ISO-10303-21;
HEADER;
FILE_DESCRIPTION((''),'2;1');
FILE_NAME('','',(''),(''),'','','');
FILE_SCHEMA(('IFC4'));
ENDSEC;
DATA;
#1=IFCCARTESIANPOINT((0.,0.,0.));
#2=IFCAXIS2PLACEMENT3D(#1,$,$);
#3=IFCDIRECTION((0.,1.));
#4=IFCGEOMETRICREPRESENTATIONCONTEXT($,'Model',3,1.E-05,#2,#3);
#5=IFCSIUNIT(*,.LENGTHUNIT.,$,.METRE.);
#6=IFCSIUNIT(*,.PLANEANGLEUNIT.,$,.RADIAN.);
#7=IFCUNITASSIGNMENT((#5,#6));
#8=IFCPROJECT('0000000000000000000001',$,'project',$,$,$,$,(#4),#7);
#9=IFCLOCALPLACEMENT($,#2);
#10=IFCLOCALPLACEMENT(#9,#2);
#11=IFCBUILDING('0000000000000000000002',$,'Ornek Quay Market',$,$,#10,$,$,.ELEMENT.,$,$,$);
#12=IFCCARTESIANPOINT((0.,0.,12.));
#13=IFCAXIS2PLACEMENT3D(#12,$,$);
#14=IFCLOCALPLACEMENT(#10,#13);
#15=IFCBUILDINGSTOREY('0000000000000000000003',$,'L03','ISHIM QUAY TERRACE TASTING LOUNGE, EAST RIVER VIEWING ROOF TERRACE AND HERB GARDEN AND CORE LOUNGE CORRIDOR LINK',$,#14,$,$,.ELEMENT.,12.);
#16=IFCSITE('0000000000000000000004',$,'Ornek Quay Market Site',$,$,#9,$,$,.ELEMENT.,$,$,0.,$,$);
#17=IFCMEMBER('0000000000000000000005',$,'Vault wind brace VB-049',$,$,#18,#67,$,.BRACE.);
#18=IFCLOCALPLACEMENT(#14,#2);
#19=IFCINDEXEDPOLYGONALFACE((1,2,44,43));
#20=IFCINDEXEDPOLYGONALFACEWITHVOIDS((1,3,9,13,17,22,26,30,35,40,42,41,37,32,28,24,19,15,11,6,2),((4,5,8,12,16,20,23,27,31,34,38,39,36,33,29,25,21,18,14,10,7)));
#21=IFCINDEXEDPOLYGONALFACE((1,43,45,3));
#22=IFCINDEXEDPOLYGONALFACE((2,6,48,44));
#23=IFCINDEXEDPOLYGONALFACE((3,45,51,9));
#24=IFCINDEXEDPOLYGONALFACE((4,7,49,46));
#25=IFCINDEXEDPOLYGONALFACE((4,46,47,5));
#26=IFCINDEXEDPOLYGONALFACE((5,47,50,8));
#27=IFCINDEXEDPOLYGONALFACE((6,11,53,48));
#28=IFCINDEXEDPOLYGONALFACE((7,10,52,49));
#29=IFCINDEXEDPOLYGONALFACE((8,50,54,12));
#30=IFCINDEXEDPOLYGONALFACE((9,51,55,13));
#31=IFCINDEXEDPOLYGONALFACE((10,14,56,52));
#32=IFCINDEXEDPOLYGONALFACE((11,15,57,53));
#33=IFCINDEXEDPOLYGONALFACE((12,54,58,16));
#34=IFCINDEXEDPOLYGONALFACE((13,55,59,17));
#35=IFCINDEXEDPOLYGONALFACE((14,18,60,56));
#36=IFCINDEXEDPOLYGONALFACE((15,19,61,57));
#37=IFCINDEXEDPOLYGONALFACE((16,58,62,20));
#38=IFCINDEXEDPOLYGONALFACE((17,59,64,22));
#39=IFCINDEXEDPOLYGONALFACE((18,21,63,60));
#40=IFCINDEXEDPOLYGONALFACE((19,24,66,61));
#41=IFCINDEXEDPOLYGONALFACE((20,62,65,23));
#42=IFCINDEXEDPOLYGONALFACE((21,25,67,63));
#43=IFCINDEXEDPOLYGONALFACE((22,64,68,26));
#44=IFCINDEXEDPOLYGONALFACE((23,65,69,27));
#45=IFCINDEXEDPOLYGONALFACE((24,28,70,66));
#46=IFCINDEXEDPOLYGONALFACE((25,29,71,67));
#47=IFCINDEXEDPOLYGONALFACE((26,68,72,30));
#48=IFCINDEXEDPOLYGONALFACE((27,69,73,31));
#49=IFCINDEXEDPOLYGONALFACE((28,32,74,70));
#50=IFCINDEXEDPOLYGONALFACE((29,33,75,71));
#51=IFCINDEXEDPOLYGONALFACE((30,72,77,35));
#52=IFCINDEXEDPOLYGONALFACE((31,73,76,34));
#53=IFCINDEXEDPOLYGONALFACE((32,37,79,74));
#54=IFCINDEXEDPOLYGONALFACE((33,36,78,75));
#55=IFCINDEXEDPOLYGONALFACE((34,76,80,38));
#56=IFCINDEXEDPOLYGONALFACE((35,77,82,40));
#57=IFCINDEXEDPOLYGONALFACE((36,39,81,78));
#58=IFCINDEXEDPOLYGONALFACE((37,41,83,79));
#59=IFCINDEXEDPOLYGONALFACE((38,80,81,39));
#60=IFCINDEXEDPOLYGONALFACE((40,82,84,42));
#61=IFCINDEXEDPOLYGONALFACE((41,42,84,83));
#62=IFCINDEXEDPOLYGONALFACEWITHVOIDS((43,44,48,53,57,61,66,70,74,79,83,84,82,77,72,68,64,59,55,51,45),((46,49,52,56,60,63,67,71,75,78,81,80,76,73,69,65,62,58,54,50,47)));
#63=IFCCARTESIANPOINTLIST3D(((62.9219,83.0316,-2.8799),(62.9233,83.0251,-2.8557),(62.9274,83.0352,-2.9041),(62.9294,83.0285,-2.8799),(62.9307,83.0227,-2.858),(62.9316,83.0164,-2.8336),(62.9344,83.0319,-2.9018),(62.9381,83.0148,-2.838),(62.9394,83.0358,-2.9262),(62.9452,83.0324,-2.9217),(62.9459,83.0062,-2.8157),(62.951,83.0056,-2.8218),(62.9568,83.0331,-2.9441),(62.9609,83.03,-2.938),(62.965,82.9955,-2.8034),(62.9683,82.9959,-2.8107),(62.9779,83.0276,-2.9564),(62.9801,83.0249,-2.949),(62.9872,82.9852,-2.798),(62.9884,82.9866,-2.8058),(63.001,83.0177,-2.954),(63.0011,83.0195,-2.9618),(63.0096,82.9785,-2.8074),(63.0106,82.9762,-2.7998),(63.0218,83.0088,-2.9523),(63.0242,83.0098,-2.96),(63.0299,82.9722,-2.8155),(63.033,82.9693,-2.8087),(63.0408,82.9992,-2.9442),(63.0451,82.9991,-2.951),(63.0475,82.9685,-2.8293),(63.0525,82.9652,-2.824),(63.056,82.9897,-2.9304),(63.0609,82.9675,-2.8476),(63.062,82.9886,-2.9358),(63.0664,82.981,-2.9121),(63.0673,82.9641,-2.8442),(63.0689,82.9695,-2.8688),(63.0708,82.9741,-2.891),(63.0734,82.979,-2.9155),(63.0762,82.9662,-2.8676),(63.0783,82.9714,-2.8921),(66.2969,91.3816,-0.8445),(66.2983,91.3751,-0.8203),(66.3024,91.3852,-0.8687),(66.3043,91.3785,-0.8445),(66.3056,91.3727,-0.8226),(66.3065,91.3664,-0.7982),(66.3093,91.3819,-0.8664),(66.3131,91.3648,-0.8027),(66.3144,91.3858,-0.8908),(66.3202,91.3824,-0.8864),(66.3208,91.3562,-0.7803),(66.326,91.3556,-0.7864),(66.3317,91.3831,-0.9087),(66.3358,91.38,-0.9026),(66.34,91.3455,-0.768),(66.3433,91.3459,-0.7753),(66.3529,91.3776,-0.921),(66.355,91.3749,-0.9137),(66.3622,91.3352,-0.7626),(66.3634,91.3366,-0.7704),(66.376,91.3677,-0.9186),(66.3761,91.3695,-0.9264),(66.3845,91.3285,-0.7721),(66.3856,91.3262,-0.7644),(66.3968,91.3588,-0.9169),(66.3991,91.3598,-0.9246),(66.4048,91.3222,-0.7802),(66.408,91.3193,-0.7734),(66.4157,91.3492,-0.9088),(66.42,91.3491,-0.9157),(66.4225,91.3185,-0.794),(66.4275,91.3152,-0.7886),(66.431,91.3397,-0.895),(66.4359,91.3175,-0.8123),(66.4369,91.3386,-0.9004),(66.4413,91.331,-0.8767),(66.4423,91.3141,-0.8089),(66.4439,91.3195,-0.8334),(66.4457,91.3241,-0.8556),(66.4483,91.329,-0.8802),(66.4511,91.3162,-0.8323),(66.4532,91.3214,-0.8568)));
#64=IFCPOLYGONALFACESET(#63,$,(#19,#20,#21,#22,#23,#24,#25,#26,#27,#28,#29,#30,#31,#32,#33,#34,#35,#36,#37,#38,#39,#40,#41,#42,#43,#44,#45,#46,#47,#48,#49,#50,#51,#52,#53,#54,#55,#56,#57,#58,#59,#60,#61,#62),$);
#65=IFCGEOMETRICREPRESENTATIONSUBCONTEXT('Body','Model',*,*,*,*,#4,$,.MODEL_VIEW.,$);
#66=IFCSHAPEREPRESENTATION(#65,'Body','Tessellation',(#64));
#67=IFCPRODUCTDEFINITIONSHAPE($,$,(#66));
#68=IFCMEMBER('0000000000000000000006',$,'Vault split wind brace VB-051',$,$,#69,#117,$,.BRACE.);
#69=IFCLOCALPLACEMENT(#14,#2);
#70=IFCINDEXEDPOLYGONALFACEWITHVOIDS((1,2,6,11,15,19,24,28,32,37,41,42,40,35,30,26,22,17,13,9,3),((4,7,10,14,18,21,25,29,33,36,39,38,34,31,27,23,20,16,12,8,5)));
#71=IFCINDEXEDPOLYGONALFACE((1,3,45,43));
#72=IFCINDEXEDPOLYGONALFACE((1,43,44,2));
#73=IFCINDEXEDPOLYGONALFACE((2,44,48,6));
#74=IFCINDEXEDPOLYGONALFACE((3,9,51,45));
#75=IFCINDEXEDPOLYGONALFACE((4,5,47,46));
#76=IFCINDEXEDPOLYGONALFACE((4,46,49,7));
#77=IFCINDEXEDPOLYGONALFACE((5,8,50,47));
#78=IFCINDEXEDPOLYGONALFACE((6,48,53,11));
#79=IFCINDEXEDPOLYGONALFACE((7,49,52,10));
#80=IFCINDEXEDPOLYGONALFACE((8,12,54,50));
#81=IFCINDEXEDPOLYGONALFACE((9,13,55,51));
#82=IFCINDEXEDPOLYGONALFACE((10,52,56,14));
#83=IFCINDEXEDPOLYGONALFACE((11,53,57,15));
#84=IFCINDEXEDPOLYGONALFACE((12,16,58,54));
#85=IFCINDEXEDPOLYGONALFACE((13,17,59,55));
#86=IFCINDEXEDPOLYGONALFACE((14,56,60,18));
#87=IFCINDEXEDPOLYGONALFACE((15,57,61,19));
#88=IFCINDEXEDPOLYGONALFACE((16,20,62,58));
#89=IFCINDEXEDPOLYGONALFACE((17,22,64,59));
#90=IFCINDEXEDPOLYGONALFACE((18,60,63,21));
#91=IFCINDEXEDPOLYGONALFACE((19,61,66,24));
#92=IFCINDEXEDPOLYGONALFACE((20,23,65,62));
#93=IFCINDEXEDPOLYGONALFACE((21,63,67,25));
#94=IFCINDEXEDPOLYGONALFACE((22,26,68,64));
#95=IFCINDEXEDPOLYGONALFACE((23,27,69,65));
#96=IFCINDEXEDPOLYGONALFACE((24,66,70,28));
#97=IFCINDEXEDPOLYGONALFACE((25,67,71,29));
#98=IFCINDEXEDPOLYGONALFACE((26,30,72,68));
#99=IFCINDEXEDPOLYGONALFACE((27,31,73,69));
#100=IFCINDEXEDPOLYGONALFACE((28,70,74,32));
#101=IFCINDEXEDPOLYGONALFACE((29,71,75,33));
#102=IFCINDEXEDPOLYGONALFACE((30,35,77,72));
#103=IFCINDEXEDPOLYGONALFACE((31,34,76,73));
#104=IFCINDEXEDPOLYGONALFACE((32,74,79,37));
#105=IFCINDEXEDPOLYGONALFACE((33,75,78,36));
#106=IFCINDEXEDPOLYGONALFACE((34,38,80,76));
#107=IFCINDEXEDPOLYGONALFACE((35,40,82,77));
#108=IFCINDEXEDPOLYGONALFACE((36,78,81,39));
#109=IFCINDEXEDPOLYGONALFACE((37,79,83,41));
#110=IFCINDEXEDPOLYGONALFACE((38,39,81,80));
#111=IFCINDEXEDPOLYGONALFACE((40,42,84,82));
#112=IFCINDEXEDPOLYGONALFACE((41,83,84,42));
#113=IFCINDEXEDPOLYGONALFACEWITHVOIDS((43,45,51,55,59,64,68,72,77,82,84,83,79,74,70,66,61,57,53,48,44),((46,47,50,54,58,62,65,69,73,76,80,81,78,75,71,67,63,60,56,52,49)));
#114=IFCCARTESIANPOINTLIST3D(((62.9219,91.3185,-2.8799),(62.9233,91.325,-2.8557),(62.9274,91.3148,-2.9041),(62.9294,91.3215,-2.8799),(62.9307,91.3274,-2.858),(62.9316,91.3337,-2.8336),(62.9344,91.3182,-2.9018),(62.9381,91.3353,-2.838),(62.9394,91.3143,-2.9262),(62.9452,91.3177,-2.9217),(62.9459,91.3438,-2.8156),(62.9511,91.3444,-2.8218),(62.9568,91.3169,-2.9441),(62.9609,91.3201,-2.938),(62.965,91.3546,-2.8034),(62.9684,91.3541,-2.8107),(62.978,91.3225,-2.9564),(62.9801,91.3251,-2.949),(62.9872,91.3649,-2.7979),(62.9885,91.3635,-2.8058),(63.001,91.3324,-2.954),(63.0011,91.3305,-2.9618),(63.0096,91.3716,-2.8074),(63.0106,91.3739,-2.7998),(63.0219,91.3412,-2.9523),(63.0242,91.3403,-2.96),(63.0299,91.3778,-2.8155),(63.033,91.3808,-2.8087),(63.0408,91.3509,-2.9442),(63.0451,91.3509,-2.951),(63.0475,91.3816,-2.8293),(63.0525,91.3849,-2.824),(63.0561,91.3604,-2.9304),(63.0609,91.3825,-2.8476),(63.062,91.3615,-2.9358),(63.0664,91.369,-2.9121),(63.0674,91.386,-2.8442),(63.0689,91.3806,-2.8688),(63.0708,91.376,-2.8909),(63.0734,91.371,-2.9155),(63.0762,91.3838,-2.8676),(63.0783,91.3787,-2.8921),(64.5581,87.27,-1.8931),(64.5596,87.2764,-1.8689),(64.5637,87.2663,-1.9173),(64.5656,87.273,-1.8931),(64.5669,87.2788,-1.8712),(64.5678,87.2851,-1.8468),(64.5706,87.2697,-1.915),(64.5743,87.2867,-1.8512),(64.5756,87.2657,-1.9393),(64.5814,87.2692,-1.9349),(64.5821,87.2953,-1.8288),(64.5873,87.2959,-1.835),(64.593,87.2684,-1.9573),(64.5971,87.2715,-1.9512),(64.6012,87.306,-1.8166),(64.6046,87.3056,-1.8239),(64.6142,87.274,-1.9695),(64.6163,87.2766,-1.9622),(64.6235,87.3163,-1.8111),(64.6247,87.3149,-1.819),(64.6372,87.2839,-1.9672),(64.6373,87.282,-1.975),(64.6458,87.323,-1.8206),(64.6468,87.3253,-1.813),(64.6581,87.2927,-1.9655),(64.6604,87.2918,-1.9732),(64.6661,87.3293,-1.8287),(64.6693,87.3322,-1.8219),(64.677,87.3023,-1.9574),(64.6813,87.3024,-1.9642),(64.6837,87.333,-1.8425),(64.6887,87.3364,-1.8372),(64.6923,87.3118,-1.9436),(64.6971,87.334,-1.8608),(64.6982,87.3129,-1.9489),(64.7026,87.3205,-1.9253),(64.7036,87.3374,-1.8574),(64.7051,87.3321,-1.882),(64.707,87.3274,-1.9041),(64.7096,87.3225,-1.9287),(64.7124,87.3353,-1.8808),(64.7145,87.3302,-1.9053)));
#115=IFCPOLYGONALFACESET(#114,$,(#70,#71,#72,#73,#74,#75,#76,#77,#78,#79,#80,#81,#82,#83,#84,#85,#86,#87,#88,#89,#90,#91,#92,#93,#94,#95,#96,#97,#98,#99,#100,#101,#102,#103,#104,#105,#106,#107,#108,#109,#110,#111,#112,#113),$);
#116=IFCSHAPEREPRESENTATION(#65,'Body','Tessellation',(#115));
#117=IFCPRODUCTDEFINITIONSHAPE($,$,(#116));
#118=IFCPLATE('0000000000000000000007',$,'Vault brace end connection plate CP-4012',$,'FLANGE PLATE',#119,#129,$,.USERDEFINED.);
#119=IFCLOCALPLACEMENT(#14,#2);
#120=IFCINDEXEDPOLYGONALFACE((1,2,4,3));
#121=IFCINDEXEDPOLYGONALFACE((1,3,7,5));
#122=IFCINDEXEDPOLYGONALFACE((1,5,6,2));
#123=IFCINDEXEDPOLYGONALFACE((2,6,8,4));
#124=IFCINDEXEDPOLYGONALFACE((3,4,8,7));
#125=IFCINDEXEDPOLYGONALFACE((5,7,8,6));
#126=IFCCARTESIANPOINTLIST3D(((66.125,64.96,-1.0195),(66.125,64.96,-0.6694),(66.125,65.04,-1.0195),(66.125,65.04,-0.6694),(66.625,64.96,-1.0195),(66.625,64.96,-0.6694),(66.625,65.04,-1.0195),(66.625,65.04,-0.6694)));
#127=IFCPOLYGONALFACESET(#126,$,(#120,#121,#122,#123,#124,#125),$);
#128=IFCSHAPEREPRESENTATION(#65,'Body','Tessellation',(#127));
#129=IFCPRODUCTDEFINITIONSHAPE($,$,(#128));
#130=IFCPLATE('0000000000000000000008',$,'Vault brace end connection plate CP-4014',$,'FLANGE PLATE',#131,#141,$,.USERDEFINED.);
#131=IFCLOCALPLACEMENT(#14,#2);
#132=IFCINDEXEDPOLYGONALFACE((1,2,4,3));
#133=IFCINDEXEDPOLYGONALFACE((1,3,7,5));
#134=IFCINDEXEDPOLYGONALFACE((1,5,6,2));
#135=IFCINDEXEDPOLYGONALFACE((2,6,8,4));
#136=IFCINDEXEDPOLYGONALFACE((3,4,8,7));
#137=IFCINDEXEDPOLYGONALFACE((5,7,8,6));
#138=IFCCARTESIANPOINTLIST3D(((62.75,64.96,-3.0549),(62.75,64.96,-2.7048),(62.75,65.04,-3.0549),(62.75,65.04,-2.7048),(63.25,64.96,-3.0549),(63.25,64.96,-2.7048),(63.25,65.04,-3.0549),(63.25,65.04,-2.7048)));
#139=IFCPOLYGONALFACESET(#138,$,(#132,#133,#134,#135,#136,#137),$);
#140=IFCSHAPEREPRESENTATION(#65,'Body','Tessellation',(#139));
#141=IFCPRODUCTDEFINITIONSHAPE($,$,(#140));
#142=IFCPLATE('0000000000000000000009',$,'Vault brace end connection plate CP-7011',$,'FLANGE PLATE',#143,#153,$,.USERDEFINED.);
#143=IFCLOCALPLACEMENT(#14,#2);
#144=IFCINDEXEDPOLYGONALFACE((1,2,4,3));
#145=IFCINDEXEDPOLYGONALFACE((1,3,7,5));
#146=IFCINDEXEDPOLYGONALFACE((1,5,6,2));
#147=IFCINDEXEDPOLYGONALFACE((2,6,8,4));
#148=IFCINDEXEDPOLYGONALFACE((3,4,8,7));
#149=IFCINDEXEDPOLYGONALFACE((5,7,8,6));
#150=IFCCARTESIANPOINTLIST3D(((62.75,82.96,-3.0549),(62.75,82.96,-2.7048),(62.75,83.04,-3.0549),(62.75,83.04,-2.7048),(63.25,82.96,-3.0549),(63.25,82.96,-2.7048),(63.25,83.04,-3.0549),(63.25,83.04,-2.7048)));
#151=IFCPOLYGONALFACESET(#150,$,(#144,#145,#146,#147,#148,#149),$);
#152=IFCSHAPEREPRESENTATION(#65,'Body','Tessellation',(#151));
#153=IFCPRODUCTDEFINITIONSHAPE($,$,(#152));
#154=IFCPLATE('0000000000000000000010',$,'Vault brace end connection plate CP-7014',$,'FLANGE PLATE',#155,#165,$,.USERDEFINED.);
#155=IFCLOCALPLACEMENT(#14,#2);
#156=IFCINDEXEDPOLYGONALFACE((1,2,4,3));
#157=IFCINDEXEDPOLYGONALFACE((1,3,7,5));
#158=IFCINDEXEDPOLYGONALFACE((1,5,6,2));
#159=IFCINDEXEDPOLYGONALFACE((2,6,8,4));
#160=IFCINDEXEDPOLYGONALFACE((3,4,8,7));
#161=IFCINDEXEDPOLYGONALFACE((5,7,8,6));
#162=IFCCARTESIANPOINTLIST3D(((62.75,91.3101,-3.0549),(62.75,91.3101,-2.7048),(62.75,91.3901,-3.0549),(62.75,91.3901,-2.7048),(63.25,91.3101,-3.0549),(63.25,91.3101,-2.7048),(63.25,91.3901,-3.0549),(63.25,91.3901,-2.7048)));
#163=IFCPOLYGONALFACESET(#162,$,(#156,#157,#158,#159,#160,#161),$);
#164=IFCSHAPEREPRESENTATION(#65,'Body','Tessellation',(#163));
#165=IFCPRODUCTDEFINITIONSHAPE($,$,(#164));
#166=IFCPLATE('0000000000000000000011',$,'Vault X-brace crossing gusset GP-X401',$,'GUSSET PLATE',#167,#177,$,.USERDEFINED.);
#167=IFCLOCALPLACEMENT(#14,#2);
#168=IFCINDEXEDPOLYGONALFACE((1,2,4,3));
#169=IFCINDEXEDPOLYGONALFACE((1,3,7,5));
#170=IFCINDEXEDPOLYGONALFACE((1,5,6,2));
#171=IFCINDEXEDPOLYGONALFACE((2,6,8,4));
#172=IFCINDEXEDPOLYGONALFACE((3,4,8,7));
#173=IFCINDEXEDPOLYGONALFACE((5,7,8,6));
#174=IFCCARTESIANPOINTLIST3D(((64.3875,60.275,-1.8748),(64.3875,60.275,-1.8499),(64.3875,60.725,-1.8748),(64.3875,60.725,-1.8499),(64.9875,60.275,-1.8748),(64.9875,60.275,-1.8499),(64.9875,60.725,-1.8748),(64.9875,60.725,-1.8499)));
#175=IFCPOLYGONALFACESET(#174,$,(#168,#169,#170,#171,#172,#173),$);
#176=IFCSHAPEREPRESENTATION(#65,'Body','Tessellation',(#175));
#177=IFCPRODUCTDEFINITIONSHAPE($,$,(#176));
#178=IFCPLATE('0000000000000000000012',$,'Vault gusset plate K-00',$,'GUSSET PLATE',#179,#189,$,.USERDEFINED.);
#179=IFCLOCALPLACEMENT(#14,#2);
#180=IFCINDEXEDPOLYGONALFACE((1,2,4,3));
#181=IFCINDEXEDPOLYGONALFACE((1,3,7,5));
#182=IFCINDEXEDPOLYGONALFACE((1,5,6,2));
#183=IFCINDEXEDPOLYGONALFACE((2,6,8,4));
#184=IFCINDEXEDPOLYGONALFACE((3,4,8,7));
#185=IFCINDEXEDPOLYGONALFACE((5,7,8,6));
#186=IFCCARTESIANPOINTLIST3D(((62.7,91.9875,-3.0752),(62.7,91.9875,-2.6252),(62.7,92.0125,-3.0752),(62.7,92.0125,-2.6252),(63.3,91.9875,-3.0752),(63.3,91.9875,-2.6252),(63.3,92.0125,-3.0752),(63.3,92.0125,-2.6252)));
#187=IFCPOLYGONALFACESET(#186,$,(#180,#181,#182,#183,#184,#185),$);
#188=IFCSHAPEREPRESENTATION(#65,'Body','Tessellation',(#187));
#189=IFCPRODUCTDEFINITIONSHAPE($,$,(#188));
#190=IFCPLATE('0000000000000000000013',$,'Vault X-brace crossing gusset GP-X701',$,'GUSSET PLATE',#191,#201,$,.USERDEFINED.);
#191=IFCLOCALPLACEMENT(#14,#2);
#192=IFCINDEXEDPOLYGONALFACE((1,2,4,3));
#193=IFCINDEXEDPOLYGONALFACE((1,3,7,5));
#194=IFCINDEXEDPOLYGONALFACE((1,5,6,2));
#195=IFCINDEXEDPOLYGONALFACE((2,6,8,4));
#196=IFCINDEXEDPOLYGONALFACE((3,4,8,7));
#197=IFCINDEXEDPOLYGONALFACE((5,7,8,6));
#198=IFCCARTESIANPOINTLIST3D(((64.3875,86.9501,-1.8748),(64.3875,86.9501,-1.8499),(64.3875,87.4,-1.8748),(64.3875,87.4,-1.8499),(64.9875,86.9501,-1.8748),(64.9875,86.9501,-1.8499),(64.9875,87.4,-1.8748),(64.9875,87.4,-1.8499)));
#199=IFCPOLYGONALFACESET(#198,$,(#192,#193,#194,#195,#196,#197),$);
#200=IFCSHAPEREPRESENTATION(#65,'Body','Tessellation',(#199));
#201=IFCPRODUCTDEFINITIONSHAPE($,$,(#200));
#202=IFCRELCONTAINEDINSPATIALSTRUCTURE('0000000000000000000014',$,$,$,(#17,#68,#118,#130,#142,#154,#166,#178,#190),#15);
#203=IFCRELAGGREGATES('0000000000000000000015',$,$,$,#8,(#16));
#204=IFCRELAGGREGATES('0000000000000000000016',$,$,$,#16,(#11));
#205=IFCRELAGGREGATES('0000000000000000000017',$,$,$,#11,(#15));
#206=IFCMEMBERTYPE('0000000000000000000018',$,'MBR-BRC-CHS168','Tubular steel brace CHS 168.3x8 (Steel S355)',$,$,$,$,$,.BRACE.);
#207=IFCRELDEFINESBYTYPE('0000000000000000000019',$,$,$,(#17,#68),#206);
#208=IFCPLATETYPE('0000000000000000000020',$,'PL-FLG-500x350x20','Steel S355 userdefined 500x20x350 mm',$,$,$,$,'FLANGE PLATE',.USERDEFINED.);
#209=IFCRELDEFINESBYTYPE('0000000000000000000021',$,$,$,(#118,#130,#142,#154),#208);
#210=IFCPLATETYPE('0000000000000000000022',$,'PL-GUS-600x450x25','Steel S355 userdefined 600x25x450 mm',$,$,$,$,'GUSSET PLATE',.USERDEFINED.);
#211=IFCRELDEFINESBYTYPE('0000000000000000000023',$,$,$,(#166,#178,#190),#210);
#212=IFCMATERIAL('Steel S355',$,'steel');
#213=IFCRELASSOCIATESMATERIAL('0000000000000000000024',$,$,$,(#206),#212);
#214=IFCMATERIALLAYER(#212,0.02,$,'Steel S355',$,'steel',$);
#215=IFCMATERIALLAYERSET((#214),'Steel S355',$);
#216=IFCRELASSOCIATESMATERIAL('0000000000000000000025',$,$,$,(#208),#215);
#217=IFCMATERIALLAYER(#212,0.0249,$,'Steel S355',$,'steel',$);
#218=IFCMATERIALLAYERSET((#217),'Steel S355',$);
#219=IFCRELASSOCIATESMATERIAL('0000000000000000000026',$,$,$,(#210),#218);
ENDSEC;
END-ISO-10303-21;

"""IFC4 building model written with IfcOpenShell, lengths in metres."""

from ifc_helpers import new_model, si_unit, direction, frame, origin, origin_2d, place, context, subcontext, project, spatial, rectangle, hollow_circle, extrude, material, layer, layer_set, material_profile, profile_set, type_object, element, save


model = new_model("IFC4")

# Units and contexts
model_context = context("Model", 3, precision=1e-05, world=origin(), true_north=direction((0.0, 1.0)))
body_context = subcontext(model_context, "Body", "Model", "MODEL_VIEW")
ifc_project = project(units=[si_unit("LENGTHUNIT", "METRE"), si_unit("PLANEANGLEUNIT", "RADIAN")], contexts=[model_context])

# Site, building, storey
site_placement = place(None, origin())
site = spatial("IfcSite", under=ifc_project, at=site_placement, Name="Ornek Quay Market Site", CompositionType="ELEMENT", RefElevation=0.0)
building_placement = place(site_placement, origin())
building = spatial("IfcBuilding", under=site, at=building_placement, Name="Ornek Quay Market", CompositionType="ELEMENT")
storey_placement = place(building_placement, frame((0.0, 0.0, 12.0)))
storey = spatial("IfcBuildingStorey", under=building, at=storey_placement, Name="L03", Description="ISHIM QUAY TERRACE TASTING LOUNGE, EAST RIVER VIEWING ROOF TERRACE AND HERB GARDEN AND CORE LOUNGE CORRIDOR LINK", CompositionType="ELEMENT", Elevation=12.0)

# Shared definitions
ifc_material_1 = material(Name="Steel S355", Category="steel")

# Members
ifc_material_profile_1 = material_profile(ifc_material_1, hollow_circle(Radius=0.0842, WallThickness=0.0081, at=origin_2d()), Name="CHS 168.3x8", Category="steel")
ifc_profile_set_1 = profile_set([ifc_material_profile_1], Name="Steel S355")
member_type = type_object("IfcMemberType", Name="MBR-BRC-CHS168", Description="Tubular steel brace CHS 168.3x8 (Steel S355)", PredefinedType="BRACE", material=ifc_profile_set_1)
member_1_placement = place(storey_placement, frame((63.0, 83.0, -2.8799), z_axis=(0.365517, 0.904326, 0.220436), x_axis=(-0.927132, 0.374735, 0.0)))
element("IfcMember", 1, at=member_1_placement, inside=storey, type_object=member_type, Name="Vault wind brace VB-049", PredefinedType="BRACE", context=body_context, shape_type="SweptSolid", body=[
    extrude(hollow_circle(Radius=0.0842, WallThickness=0.0081, at=origin_2d()), origin(), (0.0, 0.0, 1.0), 9.2334),
])
member_2_placement = place(storey_placement, frame((64.6362, 87.3015, -1.8931), z_axis=(-0.365488, 0.90434, -0.220427), x_axis=(-0.927144, -0.374704, 0.0)))
element("IfcMember", 2, at=member_2_placement, inside=storey, type_object=member_type, Name="Vault split wind brace VB-051", PredefinedType="BRACE", context=body_context, shape_type="SweptSolid", body=[
    extrude(hollow_circle(Radius=0.0842, WallThickness=0.0081, at=origin_2d()), origin(), (0.0, 0.0, 1.0), 4.4768),
])

# Plates
ifc_layer_1 = layer(ifc_material_1, 0.02, Name="Steel S355", Category="steel")
ifc_layer_set_1 = layer_set([ifc_layer_1], Name="Steel S355")
plate_type_1 = type_object("IfcPlateType", Name="PL-FLG-500x350x20", Description="Steel S355 userdefined 500x20x350 mm", ElementType="FLANGE PLATE", PredefinedType="USERDEFINED", material=ifc_layer_set_1)
for number, where, z_axis, x_axis, name in (
    (3, (66.375, 65.0, -1.0195), (0.0, 0.0, 1.0), (1.0, 0.0, 0.0), "Vault brace end connection plate CP-4012"),
    (4, (63.0, 65.0, -3.0549), (0.0, 0.0, 1.0), (1.0, 0.0, 0.0), "Vault brace end connection plate CP-4014"),
    (5, (63.0, 83.0, -3.0549), (0.0, 0.0, 1.0), (1.0, 0.0, 0.0), "Vault brace end connection plate CP-7011"),
    (6, (63.0, 91.3501, -3.0549), (0.0, 0.0, 1.0), (1.0, 0.0, 0.0), "Vault brace end connection plate CP-7014"),
):
    element("IfcPlate", number, at=place(storey_placement, frame(where, z_axis=z_axis, x_axis=x_axis)), inside=storey, type_object=plate_type_1, Name=name, ObjectType="FLANGE PLATE", PredefinedType="USERDEFINED", context=body_context, shape_type="SweptSolid", body=[
        extrude(rectangle(XDim=0.5, YDim=0.0801, at=origin_2d()), origin(), (0.0, 0.0, 1.0), 0.3501),
    ])
ifc_layer_2 = layer(ifc_material_1, 0.0249, Name="Steel S355", Category="steel")
ifc_layer_set_2 = layer_set([ifc_layer_2], Name="Steel S355")
plate_type_2 = type_object("IfcPlateType", Name="PL-GUS-600x450x25", Description="Steel S355 userdefined 600x25x450 mm", ElementType="GUSSET PLATE", PredefinedType="USERDEFINED", material=ifc_layer_set_2)
plate_1_placement = place(storey_placement, frame((64.6875, 60.5, -1.8748), z_axis=(0.0, 0.0, 1.0), x_axis=(1.0, 0.0, 0.0)))
element("IfcPlate", 7, at=plate_1_placement, inside=storey, type_object=plate_type_2, Name="Vault X-brace crossing gusset GP-X401", ObjectType="GUSSET PLATE", PredefinedType="USERDEFINED", context=body_context, shape_type="SweptSolid", body=[
    extrude(rectangle(XDim=0.6001, YDim=0.45, at=origin_2d()), origin(), (0.0, 0.0, 1.0), 0.0249),
])
plate_2_placement = place(storey_placement, frame((63.0, 92.0, -3.0752), z_axis=(0.0, 0.0, 1.0), x_axis=(1.0, 0.0, 0.0)))
element("IfcPlate", 8, at=plate_2_placement, inside=storey, type_object=plate_type_2, Name="Vault gusset plate K-00", ObjectType="GUSSET PLATE", PredefinedType="USERDEFINED", context=body_context, shape_type="SweptSolid", body=[
    extrude(rectangle(XDim=0.6001, YDim=0.0249, at=origin_2d()), origin(), (0.0, 0.0, 1.0), 0.45),
])
plate_3_placement = place(storey_placement, frame((64.6875, 87.175, -1.8748), z_axis=(0.0, 0.0, 1.0), x_axis=(1.0, 0.0, 0.0)))
element("IfcPlate", 9, at=plate_3_placement, inside=storey, type_object=plate_type_2, Name="Vault X-brace crossing gusset GP-X701", ObjectType="GUSSET PLATE", PredefinedType="USERDEFINED", context=body_context, shape_type="SweptSolid", body=[
    extrude(rectangle(XDim=0.6001, YDim=0.45, at=origin_2d()), origin(), (0.0, 0.0, 1.0), 0.0249),
])

save(model, "model.ifc")
